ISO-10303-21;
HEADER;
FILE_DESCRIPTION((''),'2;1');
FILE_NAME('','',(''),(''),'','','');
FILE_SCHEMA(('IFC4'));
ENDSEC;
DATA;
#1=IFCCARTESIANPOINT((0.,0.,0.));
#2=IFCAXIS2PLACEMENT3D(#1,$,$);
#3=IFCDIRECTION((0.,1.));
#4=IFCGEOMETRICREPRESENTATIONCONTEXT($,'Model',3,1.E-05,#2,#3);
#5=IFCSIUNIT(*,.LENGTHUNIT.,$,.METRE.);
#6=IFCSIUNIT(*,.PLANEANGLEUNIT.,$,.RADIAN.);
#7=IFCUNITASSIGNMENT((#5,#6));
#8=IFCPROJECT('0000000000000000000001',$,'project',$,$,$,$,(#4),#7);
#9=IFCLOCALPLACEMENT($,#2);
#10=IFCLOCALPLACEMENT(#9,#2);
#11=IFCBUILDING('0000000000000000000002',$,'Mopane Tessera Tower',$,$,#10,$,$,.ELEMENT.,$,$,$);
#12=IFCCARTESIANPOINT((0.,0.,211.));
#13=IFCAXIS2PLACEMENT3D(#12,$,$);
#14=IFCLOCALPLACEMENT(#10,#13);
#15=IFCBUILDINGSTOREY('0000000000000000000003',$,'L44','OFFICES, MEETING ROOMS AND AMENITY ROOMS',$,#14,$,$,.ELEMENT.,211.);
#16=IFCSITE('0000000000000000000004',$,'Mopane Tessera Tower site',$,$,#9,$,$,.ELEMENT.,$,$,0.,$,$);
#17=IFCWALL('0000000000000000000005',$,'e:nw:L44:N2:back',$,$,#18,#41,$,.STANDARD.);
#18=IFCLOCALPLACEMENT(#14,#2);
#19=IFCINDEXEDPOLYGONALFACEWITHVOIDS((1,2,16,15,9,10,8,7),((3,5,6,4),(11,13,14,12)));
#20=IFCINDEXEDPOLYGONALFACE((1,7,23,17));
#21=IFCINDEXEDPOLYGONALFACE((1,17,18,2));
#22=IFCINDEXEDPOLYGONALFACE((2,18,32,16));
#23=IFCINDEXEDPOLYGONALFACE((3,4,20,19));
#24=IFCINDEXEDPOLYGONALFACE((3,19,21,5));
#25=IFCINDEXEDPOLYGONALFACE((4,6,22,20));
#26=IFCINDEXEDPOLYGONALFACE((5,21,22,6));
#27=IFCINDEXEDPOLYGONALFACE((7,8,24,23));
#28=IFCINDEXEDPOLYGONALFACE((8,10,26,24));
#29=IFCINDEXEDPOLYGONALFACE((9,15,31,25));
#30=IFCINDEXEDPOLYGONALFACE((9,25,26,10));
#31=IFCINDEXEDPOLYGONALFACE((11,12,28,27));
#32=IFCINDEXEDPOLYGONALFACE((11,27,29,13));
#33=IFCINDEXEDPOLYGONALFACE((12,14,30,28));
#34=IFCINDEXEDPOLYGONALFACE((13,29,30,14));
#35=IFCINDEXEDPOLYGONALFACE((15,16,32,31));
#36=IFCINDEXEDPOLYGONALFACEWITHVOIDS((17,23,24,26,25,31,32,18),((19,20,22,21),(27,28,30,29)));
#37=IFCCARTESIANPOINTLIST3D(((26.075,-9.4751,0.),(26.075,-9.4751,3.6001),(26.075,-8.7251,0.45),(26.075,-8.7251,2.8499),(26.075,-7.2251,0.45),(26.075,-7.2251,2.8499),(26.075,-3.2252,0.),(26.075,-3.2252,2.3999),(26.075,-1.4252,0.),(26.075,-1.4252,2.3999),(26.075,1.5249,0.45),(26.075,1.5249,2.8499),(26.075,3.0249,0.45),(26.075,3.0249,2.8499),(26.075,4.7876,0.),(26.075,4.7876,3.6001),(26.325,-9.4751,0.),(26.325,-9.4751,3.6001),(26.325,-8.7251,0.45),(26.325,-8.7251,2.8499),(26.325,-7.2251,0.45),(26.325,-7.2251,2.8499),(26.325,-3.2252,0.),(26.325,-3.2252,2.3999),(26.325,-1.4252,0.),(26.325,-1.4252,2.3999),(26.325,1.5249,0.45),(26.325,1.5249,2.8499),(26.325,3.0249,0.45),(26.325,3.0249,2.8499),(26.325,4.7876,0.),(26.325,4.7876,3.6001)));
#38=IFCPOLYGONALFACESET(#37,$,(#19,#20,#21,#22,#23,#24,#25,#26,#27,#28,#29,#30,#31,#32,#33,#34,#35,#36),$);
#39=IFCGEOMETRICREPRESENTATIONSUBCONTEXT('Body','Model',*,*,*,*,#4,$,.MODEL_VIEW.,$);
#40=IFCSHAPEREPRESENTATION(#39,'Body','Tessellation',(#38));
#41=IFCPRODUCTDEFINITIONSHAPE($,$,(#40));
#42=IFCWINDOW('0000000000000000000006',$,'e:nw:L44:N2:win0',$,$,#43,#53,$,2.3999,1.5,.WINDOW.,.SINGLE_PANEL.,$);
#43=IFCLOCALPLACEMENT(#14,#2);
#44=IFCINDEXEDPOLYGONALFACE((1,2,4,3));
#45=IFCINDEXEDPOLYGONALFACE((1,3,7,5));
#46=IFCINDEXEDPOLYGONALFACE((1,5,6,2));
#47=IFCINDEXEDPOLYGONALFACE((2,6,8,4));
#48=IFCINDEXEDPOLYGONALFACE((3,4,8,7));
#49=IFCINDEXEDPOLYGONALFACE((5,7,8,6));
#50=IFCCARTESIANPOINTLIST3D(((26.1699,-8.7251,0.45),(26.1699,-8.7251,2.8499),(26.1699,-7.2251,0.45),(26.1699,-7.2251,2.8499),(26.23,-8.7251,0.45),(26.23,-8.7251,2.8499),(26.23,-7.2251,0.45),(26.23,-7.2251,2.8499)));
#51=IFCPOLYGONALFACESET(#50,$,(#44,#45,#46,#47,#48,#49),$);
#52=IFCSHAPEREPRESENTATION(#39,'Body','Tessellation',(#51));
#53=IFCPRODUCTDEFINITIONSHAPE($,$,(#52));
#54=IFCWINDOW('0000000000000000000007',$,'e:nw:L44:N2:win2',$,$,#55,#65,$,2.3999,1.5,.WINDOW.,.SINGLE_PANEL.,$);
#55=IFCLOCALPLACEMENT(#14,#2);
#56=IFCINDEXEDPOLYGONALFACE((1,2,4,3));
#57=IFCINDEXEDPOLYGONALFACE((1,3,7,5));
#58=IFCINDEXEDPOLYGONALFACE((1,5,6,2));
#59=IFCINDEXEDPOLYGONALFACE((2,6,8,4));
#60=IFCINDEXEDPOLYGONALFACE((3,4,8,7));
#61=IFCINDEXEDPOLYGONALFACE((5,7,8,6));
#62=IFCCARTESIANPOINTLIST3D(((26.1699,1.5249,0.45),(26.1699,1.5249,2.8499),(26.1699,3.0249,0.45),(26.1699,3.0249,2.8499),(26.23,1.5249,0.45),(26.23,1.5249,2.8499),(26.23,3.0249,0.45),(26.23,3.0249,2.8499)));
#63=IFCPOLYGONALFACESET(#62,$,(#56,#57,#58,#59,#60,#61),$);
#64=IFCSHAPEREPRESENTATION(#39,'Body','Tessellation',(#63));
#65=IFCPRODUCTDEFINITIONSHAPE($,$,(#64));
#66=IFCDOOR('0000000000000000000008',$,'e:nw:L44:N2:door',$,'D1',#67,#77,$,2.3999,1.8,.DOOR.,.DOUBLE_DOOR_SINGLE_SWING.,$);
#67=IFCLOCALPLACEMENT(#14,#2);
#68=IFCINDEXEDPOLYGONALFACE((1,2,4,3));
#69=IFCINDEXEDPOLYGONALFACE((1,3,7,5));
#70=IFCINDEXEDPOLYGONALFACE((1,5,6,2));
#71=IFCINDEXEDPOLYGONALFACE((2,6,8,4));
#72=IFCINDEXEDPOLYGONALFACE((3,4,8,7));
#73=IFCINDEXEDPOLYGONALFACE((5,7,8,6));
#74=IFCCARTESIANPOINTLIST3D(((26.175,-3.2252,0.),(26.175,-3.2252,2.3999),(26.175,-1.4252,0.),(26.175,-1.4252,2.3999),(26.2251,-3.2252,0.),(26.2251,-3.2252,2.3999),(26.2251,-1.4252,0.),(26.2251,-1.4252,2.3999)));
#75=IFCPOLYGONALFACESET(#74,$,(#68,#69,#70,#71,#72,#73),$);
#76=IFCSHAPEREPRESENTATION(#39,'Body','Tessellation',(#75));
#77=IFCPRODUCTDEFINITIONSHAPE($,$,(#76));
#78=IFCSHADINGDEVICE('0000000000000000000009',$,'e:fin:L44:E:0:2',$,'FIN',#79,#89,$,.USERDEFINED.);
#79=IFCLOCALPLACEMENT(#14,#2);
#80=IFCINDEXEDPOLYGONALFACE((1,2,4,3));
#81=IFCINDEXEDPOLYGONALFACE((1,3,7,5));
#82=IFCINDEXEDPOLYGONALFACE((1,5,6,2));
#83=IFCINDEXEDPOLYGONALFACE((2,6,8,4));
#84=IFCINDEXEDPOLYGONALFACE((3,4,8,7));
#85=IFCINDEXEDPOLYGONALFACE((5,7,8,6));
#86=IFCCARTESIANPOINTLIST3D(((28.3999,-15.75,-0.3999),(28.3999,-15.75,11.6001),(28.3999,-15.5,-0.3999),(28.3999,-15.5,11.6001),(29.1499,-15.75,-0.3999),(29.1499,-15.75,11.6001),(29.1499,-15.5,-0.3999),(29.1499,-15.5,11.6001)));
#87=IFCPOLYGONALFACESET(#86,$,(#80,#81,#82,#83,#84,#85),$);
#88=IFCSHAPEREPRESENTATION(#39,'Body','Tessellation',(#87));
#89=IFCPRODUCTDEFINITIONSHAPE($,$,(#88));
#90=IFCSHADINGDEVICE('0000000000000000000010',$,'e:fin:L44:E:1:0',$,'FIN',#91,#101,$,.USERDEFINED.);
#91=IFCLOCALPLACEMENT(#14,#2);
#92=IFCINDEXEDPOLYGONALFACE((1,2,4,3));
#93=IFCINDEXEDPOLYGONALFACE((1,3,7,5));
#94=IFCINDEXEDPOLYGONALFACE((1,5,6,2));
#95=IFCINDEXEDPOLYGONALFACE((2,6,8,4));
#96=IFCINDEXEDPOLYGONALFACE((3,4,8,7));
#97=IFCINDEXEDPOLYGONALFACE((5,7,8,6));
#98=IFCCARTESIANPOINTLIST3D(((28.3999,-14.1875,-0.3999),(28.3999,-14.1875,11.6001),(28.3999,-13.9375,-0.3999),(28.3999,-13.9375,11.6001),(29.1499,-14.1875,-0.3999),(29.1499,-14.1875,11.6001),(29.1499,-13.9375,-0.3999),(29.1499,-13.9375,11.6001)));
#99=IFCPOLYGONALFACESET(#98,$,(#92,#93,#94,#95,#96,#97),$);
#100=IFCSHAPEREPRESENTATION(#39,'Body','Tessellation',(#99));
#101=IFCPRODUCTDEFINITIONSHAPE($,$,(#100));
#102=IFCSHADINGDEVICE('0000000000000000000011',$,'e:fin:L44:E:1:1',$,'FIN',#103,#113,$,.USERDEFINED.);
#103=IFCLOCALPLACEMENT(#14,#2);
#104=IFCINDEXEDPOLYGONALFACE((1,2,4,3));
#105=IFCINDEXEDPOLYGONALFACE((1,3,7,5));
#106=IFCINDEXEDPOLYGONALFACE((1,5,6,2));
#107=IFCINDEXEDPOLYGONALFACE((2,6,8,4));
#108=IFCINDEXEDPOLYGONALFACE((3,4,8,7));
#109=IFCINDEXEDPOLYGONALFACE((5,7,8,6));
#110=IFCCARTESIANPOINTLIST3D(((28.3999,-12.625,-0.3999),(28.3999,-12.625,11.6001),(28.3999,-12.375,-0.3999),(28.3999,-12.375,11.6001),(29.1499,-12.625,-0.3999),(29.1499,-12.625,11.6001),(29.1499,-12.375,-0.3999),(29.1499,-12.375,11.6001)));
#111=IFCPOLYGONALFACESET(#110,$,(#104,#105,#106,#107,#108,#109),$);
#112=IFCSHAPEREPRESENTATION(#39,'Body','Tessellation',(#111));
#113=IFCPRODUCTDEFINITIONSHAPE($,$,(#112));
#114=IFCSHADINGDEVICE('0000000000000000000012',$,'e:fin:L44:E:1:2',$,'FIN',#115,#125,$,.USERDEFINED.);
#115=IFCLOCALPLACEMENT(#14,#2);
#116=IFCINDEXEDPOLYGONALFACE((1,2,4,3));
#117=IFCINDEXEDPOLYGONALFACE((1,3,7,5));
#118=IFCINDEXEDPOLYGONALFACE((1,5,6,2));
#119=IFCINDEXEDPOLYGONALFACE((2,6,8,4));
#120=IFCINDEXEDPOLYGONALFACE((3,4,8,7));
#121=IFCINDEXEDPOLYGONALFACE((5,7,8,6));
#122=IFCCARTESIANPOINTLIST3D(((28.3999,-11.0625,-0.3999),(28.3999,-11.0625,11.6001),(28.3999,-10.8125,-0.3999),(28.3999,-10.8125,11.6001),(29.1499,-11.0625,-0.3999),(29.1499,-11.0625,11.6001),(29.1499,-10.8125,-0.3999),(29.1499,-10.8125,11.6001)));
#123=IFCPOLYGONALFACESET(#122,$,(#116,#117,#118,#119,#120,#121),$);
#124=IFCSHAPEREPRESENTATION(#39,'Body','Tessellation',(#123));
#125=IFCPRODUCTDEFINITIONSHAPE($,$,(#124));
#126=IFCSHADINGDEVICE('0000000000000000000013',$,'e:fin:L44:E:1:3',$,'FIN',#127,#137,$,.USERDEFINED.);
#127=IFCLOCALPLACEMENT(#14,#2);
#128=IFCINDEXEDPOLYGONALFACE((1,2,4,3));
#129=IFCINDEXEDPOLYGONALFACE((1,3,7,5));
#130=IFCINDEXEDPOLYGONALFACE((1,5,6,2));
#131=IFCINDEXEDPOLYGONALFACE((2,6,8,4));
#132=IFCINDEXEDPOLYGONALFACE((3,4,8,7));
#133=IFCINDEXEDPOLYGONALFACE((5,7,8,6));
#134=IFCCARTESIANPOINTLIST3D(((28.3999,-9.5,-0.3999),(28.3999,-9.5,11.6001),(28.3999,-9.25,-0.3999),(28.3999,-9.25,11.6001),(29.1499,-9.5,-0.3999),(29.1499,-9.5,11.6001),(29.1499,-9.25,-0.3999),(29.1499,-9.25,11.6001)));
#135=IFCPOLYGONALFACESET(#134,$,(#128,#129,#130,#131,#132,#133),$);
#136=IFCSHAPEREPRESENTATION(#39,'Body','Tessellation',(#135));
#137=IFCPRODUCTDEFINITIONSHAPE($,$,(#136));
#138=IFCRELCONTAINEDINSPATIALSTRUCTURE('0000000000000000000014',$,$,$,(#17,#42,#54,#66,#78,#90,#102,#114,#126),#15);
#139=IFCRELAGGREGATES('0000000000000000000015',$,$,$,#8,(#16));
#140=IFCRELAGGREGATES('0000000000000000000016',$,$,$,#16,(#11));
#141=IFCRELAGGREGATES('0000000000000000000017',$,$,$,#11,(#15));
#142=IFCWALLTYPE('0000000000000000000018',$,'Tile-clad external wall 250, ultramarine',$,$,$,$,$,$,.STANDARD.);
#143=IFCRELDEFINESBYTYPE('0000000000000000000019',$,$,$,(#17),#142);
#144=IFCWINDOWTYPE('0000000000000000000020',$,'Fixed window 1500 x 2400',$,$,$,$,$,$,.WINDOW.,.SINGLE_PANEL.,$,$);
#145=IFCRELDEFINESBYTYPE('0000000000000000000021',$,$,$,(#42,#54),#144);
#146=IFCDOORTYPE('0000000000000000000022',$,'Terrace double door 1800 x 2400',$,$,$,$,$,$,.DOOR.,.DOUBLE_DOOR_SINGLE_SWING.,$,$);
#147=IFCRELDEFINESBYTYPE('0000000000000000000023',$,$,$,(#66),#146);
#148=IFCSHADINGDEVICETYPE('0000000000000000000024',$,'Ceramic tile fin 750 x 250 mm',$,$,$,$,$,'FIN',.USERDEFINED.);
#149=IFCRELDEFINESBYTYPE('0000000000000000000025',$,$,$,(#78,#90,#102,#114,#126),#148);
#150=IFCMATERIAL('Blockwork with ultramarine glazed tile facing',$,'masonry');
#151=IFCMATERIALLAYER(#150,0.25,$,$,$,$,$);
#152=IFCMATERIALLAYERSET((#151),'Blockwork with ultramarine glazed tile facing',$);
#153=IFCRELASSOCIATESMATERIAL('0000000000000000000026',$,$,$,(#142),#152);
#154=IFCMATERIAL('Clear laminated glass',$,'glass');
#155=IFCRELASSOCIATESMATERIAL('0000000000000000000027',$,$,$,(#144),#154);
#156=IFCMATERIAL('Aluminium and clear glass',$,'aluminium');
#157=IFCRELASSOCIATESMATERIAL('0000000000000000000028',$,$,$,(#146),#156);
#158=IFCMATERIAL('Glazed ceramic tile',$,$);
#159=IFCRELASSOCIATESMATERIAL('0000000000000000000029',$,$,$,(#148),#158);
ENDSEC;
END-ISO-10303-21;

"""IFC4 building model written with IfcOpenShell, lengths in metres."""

from ifc_helpers import new_model, si_unit, direction, frame, frame_2d, origin, origin_2d, place, context, subcontext, project, spatial, rectangle, extrude, material, layer, layer_set, type_object, element, fill, save


model = new_model("IFC4")

# Units and contexts
model_context = context("Model", 3, precision=1e-05, world=origin(), true_north=direction((0.0, 1.0)))
body_context = subcontext(model_context, "Body", "Model", "MODEL_VIEW")
ifc_project = project(units=[si_unit("LENGTHUNIT", "METRE"), si_unit("PLANEANGLEUNIT", "RADIAN")], contexts=[model_context])

# Site, building, storey
site_placement = place(None, origin())
site = spatial("IfcSite", under=ifc_project, at=site_placement, Name="Mopane Tessera Tower site", CompositionType="ELEMENT", RefElevation=0.0)
building_placement = place(site_placement, origin())
building = spatial("IfcBuilding", under=site, at=building_placement, Name="Mopane Tessera Tower", CompositionType="ELEMENT")
storey_placement = place(building_placement, frame((0.0, 0.0, 211.0)))
storey = spatial("IfcBuildingStorey", under=building, at=storey_placement, Name="L44", Description="OFFICES, MEETING ROOMS AND AMENITY ROOMS", CompositionType="ELEMENT", Elevation=211.0)

# Wall, openings, windows, door
ifc_material_1 = material(Name="Blockwork with ultramarine glazed tile facing", Category="masonry")
ifc_layer_1 = layer(ifc_material_1, 0.25)
ifc_layer_set_1 = layer_set([ifc_layer_1], Name="Blockwork with ultramarine glazed tile facing")
wall_type_1 = type_object("IfcWallType", Name="Tile-clad external wall 250, ultramarine", PredefinedType="STANDARD", material=ifc_layer_set_1)
wall_1_placement = place(storey_placement, frame((26.2, -9.4751, 0.0), z_axis=(0.0, 0.0, 1.0), x_axis=(0.0, 1.0, 0.0)))
wall_1 = element("IfcWall", 1, at=wall_1_placement, inside=storey, type_object=wall_type_1, Name="e:nw:L44:N2:back", PredefinedType="STANDARD", context=body_context, shape_type="SweptSolid", body=[
    extrude(rectangle(XDim=14.2627, YDim=0.25, at=frame_2d((7.1313, 0.0))), origin(), (0.0, 0.0, 1.0), 3.6001),
])
opening_1_placement = place(wall_1_placement, frame((0.75, 0.0, 0.45)))
opening_1 = element("IfcOpeningElement", 2, at=opening_1_placement, cuts=wall_1, PredefinedType="OPENING", context=body_context, shape_type="SweptSolid", body=[
    extrude(rectangle(XDim=1.5, YDim=2.3999, at=frame_2d((0.75, 1.2))), frame((0.0, 0.137, 0.0), z_axis=(0.0, -1.0, 0.0), x_axis=(1.0, 0.0, 0.0)), (0.0, 0.0, 1.0), 0.2739),
])
opening_2_placement = place(wall_1_placement, frame((6.25, 0.0, 0.0)))
opening_2 = element("IfcOpeningElement", 3, at=opening_2_placement, cuts=wall_1, PredefinedType="OPENING", context=body_context, shape_type="SweptSolid", body=[
    extrude(rectangle(XDim=1.8, YDim=2.3999, at=frame_2d((0.8999, 1.2))), frame((0.0, 0.137, 0.0), z_axis=(0.0, -1.0, 0.0), x_axis=(1.0, 0.0, 0.0)), (0.0, 0.0, 1.0), 0.2739),
])
opening_3_placement = place(wall_1_placement, frame((11.0, 0.0, 0.45)))
opening_3 = element("IfcOpeningElement", 4, at=opening_3_placement, cuts=wall_1, PredefinedType="OPENING", context=body_context, shape_type="SweptSolid", body=[
    extrude(rectangle(XDim=1.5, YDim=2.3999, at=frame_2d((0.75, 1.2))), frame((0.0, 0.137, 0.0), z_axis=(0.0, -1.0, 0.0), x_axis=(1.0, 0.0, 0.0)), (0.0, 0.0, 1.0), 0.2739),
])
ifc_material_2 = material(Name="Clear laminated glass", Category="glass")
window_type = type_object("IfcWindowType", Name="Fixed window 1500 x 2400", PartitioningType="SINGLE_PANEL", PredefinedType="WINDOW", material=ifc_material_2)
window_1_placement = place(opening_1_placement, origin())
window_1 = element("IfcWindow", 5, at=window_1_placement, inside=storey, type_object=window_type, Name="e:nw:L44:N2:win0", OverallHeight=2.3999, OverallWidth=1.5, PartitioningType="SINGLE_PANEL", PredefinedType="WINDOW", context=body_context, shape_type="SweptSolid", body=[
    extrude(rectangle(XDim=1.5, YDim=2.3999, at=frame_2d((0.75, 1.2))), frame((0.0, 0.03, 0.0), z_axis=(0.0, -1.0, 0.0), x_axis=(1.0, 0.0, 0.0)), (0.0, 0.0, 1.0), 0.0601),
])
fill(opening_1, window_1)
window_2_placement = place(opening_3_placement, origin())
window_2 = element("IfcWindow", 6, at=window_2_placement, inside=storey, type_object=window_type, Name="e:nw:L44:N2:win2", OverallHeight=2.3999, OverallWidth=1.5, PartitioningType="SINGLE_PANEL", PredefinedType="WINDOW", context=body_context, shape_type="SweptSolid", body=[
    extrude(rectangle(XDim=1.5, YDim=2.3999, at=frame_2d((0.75, 1.2))), frame((0.0, 0.03, 0.0), z_axis=(0.0, -1.0, 0.0), x_axis=(1.0, 0.0, 0.0)), (0.0, 0.0, 1.0), 0.0601),
])
fill(opening_3, window_2)
ifc_material_3 = material(Name="Aluminium and clear glass", Category="aluminium")
door_type_1 = type_object("IfcDoorType", Name="Terrace double door 1800 x 2400", OperationType="DOUBLE_DOOR_SINGLE_SWING", PredefinedType="DOOR", material=ifc_material_3)
door_1_placement = place(opening_2_placement, origin())
door_1 = element("IfcDoor", 7, at=door_1_placement, inside=storey, type_object=door_type_1, Name="e:nw:L44:N2:door", ObjectType="D1", OperationType="DOUBLE_DOOR_SINGLE_SWING", OverallHeight=2.3999, OverallWidth=1.8, PredefinedType="DOOR", context=body_context, shape_type="SweptSolid", body=[
    extrude(rectangle(XDim=1.8, YDim=2.3999, at=frame_2d((0.8999, 1.2))), frame((0.0, 0.0249, 0.0), z_axis=(0.0, -1.0, 0.0), x_axis=(1.0, 0.0, 0.0)), (0.0, 0.0, 1.0), 0.05),
])
fill(opening_2, door_1)

# Shading devices
ifc_material_4 = material(Name="Glazed ceramic tile")
shading_device_type = type_object("IfcShadingDeviceType", Name="Ceramic tile fin 750 x 250 mm", ElementType="FIN", PredefinedType="USERDEFINED", material=ifc_material_4)
for number, where, z_axis, x_axis, name in (
    (8, (28.7749, -15.625, -0.3999), (0.0, 0.0, 1.0), (0.0, 1.0, 0.0), "e:fin:L44:E:0:2"),
    (9, (28.7749, -14.0625, -0.3999), (0.0, 0.0, 1.0), (0.0, 1.0, 0.0), "e:fin:L44:E:1:0"),
    (10, (28.7749, -12.5, -0.3999), (0.0, 0.0, 1.0), (0.0, 1.0, 0.0), "e:fin:L44:E:1:1"),
    (11, (28.7749, -10.9375, -0.3999), (0.0, 0.0, 1.0), (0.0, 1.0, 0.0), "e:fin:L44:E:1:2"),
    (12, (28.7749, -9.375, -0.3999), (0.0, 0.0, 1.0), (0.0, 1.0, 0.0), "e:fin:L44:E:1:3"),
):
    element("IfcShadingDevice", number, at=place(storey_placement, frame(where, z_axis=z_axis, x_axis=x_axis)), inside=storey, type_object=shading_device_type, Name=name, ObjectType="FIN", PredefinedType="USERDEFINED", context=body_context, shape_type="SweptSolid", body=[
        extrude(rectangle(XDim=0.25, YDim=0.75, at=origin_2d()), origin(), (0.0, 0.0, 1.0), 12.0),
    ])

save(model, "model.ifc")
